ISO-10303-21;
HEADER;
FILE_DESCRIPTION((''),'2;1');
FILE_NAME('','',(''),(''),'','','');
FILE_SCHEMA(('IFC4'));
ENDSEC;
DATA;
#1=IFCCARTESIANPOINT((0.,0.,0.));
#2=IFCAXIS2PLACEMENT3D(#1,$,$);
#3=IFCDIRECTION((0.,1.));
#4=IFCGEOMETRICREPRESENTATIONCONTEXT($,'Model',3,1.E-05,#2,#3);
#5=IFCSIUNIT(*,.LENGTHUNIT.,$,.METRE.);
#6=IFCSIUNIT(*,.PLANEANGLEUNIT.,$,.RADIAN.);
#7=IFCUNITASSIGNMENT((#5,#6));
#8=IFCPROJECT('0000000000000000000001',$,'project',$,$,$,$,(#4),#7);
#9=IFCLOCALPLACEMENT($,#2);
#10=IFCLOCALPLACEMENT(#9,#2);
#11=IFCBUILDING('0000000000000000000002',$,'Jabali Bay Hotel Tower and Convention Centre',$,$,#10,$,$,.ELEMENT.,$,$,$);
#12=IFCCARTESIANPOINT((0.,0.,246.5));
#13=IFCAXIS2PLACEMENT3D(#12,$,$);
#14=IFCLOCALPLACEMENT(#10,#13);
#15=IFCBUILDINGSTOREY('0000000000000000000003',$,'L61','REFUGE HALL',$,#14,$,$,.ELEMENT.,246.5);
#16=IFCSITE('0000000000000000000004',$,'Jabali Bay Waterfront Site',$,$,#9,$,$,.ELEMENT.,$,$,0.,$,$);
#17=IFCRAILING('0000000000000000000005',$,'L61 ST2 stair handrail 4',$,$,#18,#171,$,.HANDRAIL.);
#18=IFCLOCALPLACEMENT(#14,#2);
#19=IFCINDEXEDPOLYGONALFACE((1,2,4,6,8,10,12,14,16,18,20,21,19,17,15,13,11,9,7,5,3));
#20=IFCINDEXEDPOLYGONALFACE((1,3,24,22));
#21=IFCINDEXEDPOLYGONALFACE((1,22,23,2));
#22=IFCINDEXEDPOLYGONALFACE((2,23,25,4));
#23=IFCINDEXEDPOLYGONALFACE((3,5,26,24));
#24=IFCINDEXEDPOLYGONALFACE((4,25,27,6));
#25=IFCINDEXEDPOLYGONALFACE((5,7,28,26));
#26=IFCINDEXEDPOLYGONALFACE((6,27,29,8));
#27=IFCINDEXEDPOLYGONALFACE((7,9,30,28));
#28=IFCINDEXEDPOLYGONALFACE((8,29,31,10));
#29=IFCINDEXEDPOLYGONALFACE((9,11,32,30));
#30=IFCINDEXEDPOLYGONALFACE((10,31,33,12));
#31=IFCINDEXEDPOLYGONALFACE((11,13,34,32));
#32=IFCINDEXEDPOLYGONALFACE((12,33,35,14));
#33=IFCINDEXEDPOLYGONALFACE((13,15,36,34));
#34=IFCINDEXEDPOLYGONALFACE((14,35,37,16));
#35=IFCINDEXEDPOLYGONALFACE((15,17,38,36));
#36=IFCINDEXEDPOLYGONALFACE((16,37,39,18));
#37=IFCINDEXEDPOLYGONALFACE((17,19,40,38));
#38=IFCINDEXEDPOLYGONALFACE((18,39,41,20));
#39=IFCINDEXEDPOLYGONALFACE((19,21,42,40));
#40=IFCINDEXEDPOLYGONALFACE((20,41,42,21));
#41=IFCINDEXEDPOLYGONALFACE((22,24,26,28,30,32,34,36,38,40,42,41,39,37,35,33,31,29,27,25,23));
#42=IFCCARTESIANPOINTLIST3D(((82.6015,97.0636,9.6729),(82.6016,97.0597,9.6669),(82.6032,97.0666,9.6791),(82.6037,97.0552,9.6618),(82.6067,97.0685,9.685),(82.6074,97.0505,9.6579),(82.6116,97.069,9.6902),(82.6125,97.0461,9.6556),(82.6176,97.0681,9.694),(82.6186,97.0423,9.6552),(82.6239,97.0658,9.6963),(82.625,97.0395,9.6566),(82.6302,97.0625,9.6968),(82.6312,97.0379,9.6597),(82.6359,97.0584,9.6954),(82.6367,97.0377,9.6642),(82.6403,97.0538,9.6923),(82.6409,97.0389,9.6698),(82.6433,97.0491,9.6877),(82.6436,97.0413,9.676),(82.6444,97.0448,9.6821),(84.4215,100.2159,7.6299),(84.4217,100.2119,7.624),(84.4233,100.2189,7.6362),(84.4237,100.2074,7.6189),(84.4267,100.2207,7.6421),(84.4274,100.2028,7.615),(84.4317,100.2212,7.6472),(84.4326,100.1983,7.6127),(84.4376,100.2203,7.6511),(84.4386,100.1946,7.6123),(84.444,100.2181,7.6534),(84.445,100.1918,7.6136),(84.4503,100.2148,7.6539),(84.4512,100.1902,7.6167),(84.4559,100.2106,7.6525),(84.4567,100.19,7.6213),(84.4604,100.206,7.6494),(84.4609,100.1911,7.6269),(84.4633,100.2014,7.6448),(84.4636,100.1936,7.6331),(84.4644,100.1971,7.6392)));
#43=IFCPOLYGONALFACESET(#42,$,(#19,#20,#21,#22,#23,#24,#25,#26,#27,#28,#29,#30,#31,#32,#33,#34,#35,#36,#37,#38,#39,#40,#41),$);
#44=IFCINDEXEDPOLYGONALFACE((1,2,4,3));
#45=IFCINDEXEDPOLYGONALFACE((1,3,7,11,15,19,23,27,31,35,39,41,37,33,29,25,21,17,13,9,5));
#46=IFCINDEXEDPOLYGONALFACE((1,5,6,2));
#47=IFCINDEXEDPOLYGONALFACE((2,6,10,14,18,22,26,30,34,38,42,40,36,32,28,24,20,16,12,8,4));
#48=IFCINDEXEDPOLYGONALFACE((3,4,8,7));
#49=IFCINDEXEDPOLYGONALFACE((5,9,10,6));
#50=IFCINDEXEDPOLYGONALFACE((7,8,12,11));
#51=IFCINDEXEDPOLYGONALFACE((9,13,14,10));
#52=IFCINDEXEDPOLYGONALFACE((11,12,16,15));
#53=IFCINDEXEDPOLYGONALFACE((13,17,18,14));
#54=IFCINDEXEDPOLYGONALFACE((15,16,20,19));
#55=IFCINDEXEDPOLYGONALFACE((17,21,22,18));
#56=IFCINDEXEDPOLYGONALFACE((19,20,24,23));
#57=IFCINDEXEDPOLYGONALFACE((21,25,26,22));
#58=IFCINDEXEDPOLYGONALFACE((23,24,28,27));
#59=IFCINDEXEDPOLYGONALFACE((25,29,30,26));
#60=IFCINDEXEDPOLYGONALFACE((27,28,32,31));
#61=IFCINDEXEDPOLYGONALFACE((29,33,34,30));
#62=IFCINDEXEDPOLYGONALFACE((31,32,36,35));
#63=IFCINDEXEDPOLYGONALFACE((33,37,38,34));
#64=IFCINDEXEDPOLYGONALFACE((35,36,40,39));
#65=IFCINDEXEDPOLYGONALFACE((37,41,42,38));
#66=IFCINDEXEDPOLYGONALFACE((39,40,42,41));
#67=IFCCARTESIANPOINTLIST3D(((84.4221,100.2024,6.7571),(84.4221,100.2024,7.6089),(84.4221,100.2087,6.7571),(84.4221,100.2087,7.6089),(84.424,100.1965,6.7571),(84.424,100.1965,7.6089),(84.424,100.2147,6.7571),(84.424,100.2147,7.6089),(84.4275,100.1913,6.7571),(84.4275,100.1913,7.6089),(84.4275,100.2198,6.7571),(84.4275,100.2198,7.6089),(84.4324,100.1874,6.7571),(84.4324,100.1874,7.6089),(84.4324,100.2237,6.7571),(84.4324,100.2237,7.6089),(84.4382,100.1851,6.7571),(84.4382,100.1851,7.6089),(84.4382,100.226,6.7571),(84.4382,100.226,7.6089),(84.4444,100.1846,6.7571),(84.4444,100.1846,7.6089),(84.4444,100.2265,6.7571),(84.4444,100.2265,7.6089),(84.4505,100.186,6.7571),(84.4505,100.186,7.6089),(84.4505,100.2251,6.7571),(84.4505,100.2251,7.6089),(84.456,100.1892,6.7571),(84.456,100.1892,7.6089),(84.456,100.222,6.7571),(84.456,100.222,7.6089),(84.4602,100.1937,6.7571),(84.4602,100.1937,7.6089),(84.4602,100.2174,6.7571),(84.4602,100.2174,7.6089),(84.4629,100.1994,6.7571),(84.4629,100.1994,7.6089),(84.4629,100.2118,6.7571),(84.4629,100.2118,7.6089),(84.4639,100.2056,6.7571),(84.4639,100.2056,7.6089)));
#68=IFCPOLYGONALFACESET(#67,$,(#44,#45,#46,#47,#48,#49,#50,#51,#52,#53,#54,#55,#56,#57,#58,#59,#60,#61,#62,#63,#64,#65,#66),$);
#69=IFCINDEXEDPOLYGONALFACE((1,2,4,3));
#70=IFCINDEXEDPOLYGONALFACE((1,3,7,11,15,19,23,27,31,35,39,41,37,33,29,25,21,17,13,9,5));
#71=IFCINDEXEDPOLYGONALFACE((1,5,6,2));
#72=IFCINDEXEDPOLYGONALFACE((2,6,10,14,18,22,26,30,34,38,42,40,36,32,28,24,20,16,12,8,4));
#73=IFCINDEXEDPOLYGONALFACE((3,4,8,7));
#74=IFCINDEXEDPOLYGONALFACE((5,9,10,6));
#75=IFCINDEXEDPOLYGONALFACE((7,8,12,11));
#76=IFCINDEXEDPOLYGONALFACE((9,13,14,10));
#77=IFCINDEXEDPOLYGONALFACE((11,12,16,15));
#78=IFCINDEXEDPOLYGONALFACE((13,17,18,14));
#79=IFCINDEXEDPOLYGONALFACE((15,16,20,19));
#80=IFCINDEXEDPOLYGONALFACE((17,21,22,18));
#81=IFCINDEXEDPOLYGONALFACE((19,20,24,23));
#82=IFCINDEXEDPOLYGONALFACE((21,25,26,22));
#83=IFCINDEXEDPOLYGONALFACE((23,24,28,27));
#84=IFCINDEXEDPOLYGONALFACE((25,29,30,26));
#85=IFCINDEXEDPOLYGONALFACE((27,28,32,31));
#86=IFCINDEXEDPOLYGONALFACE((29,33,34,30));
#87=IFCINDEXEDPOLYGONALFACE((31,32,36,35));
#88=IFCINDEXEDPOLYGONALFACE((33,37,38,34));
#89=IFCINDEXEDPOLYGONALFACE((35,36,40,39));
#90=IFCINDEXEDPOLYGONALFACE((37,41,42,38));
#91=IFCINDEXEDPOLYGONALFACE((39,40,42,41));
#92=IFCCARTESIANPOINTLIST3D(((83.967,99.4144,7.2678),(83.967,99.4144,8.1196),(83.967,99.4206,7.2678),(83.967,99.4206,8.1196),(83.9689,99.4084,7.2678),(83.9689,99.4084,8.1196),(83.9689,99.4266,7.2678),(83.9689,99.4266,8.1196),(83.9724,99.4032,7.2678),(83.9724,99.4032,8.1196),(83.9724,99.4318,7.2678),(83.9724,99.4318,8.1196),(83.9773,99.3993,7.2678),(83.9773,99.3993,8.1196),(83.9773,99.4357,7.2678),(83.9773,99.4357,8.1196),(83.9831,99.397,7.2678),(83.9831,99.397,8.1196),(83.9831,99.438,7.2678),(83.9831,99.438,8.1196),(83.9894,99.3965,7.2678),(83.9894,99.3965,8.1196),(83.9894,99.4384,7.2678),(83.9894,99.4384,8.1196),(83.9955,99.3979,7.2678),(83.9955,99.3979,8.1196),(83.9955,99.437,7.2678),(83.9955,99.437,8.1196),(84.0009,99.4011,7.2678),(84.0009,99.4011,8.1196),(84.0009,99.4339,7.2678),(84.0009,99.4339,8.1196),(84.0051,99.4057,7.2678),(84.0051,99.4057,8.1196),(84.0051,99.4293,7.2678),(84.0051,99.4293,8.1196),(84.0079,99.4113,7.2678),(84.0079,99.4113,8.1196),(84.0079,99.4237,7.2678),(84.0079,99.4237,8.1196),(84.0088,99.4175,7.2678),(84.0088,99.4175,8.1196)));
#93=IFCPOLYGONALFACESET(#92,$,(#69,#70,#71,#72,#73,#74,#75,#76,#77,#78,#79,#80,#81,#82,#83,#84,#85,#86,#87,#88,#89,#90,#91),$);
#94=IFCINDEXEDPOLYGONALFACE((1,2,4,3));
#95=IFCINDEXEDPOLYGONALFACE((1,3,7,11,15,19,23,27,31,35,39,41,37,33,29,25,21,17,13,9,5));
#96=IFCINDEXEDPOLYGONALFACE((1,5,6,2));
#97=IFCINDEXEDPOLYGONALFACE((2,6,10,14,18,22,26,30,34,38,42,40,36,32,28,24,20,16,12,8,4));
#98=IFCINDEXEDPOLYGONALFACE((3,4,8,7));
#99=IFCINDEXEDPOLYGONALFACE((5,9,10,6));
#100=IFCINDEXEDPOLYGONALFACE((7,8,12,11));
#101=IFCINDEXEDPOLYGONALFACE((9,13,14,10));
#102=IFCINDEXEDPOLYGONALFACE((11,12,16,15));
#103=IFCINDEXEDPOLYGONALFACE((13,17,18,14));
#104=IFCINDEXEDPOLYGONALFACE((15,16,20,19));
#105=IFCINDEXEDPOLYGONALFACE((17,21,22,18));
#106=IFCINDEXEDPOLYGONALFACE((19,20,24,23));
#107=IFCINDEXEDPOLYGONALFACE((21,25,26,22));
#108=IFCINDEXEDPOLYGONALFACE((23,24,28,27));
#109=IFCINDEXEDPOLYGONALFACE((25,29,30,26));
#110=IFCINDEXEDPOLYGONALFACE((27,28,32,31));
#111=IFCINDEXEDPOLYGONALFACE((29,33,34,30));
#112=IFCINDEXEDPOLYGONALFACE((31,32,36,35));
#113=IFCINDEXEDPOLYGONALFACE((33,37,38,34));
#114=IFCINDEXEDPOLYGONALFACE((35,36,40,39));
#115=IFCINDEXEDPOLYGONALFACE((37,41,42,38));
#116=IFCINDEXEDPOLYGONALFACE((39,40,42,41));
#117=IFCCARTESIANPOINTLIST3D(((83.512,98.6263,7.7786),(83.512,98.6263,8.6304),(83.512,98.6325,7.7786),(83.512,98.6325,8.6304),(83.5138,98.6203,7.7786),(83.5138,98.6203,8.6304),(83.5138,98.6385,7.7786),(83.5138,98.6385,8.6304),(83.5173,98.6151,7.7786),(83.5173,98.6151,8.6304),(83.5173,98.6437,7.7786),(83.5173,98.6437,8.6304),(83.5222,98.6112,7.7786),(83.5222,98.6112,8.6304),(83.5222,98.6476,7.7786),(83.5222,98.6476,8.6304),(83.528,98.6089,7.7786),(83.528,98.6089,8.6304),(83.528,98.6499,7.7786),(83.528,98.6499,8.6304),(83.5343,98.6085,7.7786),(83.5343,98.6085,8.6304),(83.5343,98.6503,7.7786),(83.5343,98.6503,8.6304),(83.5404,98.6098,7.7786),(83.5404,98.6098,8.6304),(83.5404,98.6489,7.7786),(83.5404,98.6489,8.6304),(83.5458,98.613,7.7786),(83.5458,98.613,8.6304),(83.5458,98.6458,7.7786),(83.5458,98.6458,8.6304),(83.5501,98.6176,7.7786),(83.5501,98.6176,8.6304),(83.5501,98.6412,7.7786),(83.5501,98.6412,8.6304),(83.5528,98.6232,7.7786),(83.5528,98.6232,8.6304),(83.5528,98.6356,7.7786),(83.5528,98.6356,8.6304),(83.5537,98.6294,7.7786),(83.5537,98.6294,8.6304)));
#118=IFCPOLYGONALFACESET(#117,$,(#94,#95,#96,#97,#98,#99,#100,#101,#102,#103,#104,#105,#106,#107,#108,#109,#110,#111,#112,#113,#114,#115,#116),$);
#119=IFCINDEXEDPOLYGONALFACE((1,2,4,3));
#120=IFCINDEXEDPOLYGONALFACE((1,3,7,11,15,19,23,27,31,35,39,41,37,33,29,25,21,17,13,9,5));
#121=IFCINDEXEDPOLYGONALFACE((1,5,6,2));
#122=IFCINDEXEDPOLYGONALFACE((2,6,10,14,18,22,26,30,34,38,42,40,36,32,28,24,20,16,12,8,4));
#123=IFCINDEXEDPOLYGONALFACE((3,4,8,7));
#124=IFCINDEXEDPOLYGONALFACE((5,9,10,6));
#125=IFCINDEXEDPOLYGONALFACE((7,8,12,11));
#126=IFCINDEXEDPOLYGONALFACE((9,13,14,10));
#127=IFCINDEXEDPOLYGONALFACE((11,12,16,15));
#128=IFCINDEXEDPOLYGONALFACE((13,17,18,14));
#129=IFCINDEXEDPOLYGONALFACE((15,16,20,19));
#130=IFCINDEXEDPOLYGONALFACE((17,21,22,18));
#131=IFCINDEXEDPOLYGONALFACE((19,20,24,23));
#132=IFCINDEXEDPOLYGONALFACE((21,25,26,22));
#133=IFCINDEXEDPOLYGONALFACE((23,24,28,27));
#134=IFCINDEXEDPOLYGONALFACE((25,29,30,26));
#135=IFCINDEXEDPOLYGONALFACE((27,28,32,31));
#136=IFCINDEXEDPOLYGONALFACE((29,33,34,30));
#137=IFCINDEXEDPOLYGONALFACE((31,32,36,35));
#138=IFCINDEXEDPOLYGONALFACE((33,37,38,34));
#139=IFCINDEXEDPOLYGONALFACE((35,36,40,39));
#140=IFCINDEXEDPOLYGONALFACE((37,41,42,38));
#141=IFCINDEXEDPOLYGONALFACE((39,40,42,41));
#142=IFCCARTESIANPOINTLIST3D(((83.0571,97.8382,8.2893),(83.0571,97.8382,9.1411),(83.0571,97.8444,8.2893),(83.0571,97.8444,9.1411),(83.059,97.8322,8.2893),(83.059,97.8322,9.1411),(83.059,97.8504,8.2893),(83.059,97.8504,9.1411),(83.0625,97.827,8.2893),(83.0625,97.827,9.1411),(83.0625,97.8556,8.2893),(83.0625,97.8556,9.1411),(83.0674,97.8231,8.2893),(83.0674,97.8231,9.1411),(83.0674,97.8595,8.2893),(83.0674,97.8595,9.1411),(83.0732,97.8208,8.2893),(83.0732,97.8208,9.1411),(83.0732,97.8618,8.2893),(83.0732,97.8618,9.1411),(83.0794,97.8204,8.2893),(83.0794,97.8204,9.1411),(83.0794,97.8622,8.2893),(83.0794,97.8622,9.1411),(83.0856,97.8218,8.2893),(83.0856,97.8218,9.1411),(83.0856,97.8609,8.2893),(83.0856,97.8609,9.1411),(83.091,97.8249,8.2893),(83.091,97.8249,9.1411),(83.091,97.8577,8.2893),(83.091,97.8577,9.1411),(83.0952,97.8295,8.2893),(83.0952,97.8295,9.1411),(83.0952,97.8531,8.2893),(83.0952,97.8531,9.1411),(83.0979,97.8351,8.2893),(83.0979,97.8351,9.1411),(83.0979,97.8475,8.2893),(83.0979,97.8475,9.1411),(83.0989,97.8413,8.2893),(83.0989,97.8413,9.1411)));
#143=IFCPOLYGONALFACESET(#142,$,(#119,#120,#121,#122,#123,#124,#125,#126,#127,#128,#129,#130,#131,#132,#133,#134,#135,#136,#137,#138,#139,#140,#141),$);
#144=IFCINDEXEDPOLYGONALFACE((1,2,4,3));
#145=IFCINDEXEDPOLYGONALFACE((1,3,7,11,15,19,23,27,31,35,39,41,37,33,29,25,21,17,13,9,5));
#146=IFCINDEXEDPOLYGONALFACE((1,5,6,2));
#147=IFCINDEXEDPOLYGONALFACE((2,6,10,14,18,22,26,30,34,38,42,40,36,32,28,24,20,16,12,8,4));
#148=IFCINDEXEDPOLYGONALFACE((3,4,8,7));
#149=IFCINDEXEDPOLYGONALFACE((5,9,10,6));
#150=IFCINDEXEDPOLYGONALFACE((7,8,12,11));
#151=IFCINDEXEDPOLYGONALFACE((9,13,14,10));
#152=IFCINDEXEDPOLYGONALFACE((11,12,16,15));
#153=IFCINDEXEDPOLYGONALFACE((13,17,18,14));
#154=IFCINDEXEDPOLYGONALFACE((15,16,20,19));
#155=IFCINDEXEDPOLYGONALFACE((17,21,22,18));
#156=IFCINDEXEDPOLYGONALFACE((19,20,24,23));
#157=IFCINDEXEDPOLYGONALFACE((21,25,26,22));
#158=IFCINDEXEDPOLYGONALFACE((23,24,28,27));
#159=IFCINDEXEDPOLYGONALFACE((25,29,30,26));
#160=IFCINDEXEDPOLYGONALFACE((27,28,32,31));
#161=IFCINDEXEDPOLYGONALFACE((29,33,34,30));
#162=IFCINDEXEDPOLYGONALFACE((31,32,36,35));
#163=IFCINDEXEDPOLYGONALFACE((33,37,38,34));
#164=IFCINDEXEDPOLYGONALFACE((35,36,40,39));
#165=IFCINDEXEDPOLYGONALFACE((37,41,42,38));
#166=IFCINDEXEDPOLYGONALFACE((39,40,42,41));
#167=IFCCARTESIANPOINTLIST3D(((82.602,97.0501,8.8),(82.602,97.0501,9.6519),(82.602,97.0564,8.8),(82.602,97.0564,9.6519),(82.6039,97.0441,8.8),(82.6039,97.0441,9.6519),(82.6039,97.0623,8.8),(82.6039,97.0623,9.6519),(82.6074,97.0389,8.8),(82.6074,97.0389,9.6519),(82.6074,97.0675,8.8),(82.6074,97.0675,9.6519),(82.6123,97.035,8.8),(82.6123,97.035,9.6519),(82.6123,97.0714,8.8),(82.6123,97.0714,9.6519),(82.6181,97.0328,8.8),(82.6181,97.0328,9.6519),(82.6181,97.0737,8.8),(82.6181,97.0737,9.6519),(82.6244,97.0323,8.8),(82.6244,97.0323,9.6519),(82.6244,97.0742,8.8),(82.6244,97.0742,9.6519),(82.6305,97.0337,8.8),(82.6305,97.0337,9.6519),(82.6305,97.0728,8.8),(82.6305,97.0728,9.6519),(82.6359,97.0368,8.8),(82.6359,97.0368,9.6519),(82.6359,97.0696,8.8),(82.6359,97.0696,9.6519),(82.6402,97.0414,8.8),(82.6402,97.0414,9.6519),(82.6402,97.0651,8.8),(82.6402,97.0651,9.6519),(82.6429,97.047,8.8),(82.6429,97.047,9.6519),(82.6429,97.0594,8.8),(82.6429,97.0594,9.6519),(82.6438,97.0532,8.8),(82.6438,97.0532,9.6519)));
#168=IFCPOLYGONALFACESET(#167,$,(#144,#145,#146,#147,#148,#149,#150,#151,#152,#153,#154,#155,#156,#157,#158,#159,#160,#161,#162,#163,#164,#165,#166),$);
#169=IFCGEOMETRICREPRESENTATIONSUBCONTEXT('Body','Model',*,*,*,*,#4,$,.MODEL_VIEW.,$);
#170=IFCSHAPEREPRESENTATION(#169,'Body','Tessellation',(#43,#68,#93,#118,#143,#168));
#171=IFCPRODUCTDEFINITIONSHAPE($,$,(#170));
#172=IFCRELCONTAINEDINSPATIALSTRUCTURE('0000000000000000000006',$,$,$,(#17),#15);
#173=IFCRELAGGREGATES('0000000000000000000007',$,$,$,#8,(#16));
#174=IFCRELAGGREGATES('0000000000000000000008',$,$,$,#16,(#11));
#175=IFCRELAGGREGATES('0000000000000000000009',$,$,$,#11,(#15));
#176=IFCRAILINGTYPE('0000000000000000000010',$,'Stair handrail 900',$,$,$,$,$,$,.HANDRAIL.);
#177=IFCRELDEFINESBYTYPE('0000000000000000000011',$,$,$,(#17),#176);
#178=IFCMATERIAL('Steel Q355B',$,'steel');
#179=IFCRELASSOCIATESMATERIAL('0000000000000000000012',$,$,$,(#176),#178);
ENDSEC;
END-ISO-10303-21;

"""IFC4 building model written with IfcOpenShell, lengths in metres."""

from ifc_helpers import new_model, si_unit, direction, frame, origin, origin_2d, place, context, subcontext, project, spatial, circle, extrude, material, type_object, element, save


model = new_model("IFC4")

# Units and contexts
model_context = context("Model", 3, precision=1e-05, world=origin(), true_north=direction((0.0, 1.0)))
body_context = subcontext(model_context, "Body", "Model", "MODEL_VIEW")
ifc_project = project(units=[si_unit("LENGTHUNIT", "METRE"), si_unit("PLANEANGLEUNIT", "RADIAN")], contexts=[model_context])

# Site, building, storey
site_placement = place(None, origin())
site = spatial("IfcSite", under=ifc_project, at=site_placement, Name="Jabali Bay Waterfront Site", CompositionType="ELEMENT", RefElevation=0.0)
building_placement = place(site_placement, origin())
building = spatial("IfcBuilding", under=site, at=building_placement, Name="Jabali Bay Hotel Tower and Convention Centre", CompositionType="ELEMENT")
storey_placement = place(building_placement, frame((0.0, 0.0, 246.5)))
storey = spatial("IfcBuildingStorey", under=building, at=storey_placement, Name="L61", Description="REFUGE HALL", CompositionType="ELEMENT", Elevation=246.5)

# Railing
ifc_material_1 = material(Name="Steel Q355B", Category="steel")
railing_type_1 = type_object("IfcRailingType", Name="Stair handrail 900", PredefinedType="HANDRAIL", material=ifc_material_1)
railing_1_placement = place(storey_placement, frame((84.4429, 100.2056, 6.7571)))
element("IfcRailing", 1, at=railing_1_placement, inside=storey, type_object=railing_type_1, Name="L61 ST2 stair handrail 4", PredefinedType="HANDRAIL", context=body_context, shape_type="SweptSolid", body=[
    extrude(circle(Radius=0.0239, at=origin_2d()), frame((0.0, 0.0, 0.876), z_axis=(-0.436032, -0.755204, 0.489432), x_axis=(0.866018, -0.500013, 0.0)), (0.0, 0.0, 1.0), 4.1741),
    extrude(circle(Radius=0.021, at=origin_2d()), origin(), (0.0, 0.0, 1.0), 0.8518),
    extrude(circle(Radius=0.021, at=origin_2d()), frame((-0.4551, -0.7881, 0.5107)), (0.0, 0.0, 1.0), 0.8518),
    extrude(circle(Radius=0.021, at=origin_2d()), frame((-0.9102, -1.5762, 1.0215)), (0.0, 0.0, 1.0), 0.8518),
    extrude(circle(Radius=0.021, at=origin_2d()), frame((-1.365, -2.3643, 1.5322)), (0.0, 0.0, 1.0), 0.8518),
    extrude(circle(Radius=0.021, at=origin_2d()), frame((-1.8201, -3.1523, 2.043)), (0.0, 0.0, 1.0), 0.8518),
])

save(model, "model.ifc")
